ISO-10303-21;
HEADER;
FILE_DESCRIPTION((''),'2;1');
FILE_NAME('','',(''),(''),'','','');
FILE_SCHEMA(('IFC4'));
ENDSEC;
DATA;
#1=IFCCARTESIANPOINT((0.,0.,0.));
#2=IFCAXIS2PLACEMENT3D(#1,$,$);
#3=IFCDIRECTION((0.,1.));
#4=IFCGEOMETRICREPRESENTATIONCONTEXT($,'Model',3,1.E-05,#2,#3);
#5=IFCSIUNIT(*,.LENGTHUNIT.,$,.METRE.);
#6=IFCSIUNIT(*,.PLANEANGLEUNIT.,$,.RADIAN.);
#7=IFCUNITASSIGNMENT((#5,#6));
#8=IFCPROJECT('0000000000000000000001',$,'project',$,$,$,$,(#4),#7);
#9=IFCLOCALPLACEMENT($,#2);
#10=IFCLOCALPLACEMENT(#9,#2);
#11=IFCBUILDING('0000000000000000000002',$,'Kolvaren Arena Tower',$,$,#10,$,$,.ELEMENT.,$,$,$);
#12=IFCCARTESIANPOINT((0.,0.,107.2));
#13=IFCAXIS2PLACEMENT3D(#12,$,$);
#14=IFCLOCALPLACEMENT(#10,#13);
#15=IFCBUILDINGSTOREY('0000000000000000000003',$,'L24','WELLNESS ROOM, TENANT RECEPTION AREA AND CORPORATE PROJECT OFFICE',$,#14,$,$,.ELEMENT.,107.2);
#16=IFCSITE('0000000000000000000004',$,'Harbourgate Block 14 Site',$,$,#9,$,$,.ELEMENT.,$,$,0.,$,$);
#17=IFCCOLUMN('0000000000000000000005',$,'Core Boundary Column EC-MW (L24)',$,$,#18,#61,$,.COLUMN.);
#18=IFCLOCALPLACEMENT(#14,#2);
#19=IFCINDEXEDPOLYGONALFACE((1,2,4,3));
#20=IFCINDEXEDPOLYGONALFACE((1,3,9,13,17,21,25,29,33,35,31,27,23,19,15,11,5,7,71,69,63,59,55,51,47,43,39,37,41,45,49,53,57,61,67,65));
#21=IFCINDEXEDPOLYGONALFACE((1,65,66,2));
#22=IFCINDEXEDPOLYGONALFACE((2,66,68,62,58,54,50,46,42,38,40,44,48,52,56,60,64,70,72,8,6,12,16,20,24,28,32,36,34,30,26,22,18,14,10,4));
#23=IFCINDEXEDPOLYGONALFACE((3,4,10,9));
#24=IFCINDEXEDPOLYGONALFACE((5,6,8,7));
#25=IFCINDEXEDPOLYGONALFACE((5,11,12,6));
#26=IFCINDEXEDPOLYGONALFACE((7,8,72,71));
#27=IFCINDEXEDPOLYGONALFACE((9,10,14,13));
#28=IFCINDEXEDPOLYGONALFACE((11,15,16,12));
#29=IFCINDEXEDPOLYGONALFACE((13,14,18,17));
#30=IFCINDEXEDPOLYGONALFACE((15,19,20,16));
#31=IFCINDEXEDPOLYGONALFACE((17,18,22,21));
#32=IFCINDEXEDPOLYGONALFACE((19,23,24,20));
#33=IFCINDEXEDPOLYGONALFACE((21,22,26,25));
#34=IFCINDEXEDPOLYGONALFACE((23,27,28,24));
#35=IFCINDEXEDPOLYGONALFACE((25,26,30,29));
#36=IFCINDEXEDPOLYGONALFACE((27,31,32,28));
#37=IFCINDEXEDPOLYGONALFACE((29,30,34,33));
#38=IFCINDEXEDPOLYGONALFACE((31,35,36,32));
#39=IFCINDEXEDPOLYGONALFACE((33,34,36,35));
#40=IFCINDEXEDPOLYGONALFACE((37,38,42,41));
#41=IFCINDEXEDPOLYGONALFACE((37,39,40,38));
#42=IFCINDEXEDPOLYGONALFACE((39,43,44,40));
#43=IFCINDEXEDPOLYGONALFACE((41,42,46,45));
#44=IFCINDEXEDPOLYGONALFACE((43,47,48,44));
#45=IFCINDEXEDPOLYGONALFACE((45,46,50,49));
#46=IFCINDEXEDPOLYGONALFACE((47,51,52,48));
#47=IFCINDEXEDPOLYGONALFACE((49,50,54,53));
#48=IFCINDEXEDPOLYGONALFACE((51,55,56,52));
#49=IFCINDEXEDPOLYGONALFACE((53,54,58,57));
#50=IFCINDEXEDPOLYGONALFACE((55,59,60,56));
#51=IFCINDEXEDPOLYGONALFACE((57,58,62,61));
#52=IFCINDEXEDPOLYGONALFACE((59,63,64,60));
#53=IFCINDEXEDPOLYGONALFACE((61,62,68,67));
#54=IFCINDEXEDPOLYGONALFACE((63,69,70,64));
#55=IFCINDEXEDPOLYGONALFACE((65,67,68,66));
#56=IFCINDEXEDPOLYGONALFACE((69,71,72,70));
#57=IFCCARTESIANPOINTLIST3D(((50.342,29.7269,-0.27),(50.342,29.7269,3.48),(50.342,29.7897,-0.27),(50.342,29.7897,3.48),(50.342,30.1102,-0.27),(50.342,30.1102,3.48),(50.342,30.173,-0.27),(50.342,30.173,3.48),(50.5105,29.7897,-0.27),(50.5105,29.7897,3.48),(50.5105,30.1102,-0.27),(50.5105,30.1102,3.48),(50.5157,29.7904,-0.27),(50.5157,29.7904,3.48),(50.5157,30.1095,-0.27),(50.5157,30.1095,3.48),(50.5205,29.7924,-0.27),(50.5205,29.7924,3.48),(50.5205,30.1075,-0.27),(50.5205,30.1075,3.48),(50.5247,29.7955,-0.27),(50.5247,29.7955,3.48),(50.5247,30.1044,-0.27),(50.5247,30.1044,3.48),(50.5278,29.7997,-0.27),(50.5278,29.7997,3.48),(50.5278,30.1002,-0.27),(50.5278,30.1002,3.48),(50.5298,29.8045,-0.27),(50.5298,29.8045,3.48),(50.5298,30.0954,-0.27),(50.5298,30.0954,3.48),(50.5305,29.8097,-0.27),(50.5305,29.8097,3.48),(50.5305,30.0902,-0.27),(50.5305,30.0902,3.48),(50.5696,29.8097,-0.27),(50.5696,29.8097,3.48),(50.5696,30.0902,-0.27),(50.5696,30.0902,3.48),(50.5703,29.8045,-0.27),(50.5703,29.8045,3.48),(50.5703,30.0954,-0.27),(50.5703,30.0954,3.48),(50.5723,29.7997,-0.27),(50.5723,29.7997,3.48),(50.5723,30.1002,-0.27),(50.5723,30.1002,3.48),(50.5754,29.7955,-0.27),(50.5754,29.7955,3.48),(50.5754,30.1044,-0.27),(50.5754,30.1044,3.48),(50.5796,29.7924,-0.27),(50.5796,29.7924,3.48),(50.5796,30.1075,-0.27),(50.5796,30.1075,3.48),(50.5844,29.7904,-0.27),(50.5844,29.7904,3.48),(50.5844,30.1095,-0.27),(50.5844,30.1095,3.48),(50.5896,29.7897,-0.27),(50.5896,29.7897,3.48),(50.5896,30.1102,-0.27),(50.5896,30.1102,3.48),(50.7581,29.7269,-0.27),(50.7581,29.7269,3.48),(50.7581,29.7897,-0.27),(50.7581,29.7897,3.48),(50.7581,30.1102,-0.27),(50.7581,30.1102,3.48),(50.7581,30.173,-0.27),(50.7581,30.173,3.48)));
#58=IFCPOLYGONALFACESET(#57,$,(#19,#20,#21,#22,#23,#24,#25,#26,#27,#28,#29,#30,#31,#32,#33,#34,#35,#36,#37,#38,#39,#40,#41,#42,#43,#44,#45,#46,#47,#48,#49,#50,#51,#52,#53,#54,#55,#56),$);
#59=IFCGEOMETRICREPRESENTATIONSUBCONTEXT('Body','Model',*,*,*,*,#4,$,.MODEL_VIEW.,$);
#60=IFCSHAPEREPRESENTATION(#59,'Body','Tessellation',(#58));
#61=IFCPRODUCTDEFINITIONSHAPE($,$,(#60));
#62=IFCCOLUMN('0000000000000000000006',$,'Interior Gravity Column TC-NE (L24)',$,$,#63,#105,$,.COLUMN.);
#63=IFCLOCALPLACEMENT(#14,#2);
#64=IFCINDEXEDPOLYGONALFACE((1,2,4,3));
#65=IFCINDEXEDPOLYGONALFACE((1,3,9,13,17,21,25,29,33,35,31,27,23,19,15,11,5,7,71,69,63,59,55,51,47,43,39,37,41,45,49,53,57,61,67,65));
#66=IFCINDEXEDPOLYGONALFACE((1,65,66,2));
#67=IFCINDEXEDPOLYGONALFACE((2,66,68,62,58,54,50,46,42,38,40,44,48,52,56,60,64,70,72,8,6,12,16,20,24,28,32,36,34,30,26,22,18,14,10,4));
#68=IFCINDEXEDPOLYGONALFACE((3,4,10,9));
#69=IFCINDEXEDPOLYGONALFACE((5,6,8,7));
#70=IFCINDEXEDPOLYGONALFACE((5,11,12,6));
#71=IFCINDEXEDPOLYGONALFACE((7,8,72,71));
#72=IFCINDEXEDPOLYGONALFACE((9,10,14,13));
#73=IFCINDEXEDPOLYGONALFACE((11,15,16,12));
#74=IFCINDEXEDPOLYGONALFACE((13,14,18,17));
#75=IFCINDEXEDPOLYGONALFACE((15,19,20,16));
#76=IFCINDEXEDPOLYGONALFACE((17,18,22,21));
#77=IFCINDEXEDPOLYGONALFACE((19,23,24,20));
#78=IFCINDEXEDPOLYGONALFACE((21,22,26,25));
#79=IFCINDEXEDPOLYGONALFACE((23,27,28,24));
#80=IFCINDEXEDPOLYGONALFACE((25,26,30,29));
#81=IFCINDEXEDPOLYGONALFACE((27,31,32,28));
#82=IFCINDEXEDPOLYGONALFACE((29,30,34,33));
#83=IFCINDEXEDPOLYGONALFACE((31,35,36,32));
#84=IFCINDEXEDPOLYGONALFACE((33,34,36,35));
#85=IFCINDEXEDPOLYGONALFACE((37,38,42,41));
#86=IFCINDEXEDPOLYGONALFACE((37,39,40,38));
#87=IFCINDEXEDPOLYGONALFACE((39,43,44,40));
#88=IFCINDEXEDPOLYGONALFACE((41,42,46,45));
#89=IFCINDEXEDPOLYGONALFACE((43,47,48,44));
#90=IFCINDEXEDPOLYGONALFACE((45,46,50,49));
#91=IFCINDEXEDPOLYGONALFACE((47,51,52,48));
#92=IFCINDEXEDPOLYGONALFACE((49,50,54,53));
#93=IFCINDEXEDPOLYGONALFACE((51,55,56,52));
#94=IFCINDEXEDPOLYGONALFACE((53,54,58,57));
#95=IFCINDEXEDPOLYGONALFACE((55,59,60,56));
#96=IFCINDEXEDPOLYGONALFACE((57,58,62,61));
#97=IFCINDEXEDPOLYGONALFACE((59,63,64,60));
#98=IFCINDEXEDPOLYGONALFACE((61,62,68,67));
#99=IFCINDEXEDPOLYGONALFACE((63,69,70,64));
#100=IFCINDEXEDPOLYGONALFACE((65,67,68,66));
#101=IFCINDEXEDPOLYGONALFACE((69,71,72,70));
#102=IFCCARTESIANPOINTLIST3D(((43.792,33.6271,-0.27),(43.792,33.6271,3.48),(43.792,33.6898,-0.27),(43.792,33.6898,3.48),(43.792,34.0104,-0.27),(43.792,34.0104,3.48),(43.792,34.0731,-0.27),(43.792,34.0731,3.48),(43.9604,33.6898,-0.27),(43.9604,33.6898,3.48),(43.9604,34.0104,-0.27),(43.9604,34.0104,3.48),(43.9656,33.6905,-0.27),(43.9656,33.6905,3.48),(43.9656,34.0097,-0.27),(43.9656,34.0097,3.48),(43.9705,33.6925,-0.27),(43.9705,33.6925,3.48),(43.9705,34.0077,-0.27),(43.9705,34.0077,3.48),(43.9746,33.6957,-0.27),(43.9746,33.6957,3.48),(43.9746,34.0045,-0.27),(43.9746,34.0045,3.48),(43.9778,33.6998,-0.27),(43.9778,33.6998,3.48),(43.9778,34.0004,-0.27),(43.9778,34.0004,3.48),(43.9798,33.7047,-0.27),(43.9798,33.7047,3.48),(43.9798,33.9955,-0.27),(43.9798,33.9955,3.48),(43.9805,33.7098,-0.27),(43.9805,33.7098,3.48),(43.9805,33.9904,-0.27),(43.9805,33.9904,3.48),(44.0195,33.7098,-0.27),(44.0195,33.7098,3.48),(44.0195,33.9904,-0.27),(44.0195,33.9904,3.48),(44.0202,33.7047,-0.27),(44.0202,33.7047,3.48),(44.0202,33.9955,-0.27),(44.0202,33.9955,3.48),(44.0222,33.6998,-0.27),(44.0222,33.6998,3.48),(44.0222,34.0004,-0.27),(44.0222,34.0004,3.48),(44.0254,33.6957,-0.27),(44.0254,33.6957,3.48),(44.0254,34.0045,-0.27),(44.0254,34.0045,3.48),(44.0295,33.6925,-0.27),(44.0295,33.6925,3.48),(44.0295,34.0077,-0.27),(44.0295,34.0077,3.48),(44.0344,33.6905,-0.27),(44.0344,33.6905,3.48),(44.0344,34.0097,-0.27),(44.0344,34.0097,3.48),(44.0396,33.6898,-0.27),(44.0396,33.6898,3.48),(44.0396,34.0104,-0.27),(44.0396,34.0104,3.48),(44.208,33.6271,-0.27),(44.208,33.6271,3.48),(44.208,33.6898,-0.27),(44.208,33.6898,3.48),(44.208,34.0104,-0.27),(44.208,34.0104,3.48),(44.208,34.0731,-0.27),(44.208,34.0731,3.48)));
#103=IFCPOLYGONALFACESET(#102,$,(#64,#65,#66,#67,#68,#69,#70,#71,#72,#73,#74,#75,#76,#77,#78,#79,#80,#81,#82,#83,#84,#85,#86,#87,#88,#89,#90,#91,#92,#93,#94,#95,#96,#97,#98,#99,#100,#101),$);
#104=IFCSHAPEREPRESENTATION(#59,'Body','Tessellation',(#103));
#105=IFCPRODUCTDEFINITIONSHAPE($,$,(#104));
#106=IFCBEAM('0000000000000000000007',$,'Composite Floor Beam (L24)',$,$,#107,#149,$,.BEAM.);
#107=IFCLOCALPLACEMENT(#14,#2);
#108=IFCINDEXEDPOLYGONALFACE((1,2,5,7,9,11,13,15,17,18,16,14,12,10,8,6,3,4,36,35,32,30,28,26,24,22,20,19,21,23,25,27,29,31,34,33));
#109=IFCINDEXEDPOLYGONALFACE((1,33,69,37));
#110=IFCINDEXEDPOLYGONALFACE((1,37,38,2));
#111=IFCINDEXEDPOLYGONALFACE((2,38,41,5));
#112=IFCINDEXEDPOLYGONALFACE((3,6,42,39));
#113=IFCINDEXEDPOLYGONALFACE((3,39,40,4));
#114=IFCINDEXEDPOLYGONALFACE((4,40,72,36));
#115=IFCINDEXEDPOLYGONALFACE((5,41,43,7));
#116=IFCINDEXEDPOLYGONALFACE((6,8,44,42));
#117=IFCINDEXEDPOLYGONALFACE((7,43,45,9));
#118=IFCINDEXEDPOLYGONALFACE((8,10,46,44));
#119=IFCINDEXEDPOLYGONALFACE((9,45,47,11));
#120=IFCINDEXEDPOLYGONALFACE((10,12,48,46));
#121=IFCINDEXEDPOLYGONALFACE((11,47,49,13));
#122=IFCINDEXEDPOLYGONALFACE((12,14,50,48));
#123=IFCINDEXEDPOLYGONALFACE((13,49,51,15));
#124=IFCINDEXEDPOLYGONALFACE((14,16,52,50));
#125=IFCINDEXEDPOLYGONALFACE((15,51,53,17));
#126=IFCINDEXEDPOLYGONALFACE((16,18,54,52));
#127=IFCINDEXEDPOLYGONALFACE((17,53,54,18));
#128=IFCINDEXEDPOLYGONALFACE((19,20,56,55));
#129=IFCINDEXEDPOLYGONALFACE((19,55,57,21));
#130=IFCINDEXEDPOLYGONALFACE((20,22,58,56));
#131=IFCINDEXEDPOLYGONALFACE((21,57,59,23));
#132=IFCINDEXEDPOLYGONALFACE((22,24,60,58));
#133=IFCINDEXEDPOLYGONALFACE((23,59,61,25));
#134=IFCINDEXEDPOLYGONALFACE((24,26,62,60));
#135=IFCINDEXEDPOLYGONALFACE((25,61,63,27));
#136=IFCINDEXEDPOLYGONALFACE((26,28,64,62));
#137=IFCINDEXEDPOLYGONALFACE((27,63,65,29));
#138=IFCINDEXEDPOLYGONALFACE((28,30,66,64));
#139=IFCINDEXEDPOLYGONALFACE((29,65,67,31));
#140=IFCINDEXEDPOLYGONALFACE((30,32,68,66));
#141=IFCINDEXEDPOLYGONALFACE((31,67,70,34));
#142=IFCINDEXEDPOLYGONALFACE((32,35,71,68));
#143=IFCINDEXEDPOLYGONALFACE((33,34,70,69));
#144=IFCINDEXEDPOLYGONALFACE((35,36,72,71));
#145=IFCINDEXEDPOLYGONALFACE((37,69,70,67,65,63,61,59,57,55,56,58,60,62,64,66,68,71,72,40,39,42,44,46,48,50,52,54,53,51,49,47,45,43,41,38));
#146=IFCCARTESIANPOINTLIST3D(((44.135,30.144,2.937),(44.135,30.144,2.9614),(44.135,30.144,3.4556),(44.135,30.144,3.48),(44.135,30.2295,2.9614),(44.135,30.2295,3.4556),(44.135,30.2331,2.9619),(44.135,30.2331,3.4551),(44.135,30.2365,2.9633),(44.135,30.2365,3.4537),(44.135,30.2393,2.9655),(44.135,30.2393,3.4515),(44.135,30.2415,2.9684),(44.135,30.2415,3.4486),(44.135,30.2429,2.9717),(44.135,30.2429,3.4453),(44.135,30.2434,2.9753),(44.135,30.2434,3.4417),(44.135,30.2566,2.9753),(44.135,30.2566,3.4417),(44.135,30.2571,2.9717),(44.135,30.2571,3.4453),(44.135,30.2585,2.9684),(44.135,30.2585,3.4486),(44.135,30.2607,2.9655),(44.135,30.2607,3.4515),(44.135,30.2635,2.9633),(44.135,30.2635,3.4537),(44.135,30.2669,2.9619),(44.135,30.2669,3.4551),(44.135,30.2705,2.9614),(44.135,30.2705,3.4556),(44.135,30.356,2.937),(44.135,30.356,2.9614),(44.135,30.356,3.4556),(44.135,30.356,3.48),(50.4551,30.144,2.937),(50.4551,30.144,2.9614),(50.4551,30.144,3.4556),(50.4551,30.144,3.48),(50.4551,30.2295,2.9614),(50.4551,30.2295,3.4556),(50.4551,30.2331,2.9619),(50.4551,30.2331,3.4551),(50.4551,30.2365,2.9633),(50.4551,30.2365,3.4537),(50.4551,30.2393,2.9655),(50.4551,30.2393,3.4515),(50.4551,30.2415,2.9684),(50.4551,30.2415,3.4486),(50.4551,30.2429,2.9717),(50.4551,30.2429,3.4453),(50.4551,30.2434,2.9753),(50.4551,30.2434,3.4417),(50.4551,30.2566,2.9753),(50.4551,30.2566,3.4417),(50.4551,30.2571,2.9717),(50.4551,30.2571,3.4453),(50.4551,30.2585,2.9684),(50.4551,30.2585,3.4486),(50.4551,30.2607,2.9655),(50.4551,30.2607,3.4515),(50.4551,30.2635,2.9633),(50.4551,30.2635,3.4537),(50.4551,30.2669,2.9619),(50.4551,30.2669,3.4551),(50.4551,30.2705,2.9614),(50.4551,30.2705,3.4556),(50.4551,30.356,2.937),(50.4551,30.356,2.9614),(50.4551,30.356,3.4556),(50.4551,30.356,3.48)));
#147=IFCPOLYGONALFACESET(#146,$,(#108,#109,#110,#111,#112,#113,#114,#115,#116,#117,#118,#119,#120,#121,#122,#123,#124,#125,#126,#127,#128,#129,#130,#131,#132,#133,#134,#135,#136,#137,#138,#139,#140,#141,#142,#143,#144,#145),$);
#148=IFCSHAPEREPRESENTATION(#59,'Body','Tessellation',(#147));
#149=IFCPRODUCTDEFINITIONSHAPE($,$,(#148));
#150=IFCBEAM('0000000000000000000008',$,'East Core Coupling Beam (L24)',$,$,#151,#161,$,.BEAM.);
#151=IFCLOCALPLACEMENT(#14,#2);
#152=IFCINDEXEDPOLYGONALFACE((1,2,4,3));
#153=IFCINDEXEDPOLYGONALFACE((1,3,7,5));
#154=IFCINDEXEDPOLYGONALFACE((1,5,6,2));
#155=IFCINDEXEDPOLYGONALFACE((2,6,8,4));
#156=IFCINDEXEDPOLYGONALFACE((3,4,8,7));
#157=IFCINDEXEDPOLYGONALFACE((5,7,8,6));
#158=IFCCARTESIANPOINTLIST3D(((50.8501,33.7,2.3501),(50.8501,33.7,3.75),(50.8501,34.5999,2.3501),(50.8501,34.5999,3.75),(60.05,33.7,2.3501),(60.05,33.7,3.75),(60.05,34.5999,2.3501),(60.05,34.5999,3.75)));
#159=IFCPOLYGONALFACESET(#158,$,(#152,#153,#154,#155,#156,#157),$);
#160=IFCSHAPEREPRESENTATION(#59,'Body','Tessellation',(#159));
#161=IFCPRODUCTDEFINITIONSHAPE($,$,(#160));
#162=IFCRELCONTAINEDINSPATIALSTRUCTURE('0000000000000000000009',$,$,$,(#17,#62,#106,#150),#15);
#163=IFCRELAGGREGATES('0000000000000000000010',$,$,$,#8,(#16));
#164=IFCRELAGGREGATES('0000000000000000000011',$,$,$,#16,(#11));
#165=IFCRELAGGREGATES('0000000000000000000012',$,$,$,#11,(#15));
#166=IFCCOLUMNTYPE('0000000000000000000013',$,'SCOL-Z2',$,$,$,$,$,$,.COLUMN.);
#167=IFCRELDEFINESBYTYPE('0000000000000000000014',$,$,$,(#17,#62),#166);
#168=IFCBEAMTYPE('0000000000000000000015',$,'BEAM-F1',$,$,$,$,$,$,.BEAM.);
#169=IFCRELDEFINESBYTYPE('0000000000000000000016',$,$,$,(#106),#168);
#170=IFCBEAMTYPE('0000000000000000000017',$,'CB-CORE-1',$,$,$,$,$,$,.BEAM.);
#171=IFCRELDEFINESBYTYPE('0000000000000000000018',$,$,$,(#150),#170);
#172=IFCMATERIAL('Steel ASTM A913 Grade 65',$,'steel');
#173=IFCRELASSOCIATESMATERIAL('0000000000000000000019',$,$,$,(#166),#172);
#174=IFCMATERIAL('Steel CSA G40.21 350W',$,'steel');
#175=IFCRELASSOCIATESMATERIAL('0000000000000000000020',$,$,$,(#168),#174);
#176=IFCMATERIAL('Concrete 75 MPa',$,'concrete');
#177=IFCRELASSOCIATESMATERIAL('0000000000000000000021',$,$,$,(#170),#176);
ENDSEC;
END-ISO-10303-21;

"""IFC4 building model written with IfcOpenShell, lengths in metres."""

from ifc_helpers import new_model, si_unit, direction, frame, origin, origin_2d, place, context, subcontext, project, spatial, rectangle, i_section, extrude, material, material_profile, profile_set, type_object, element, save


model = new_model("IFC4")

# Units and contexts
model_context = context("Model", 3, precision=1e-05, world=origin(), true_north=direction((0.0, 1.0)))
body_context = subcontext(model_context, "Body", "Model", "MODEL_VIEW")
ifc_project = project(units=[si_unit("LENGTHUNIT", "METRE"), si_unit("PLANEANGLEUNIT", "RADIAN")], contexts=[model_context])

# Site, building, storey
site_placement = place(None, origin())
site = spatial("IfcSite", under=ifc_project, at=site_placement, Name="Harbourgate Block 14 Site", CompositionType="ELEMENT", RefElevation=0.0)
building_placement = place(site_placement, origin())
building = spatial("IfcBuilding", under=site, at=building_placement, Name="Kolvaren Arena Tower", CompositionType="ELEMENT")
storey_placement = place(building_placement, frame((0.0, 0.0, 107.2)))
storey = spatial("IfcBuildingStorey", under=building, at=storey_placement, Name="L24", Description="WELLNESS ROOM, TENANT RECEPTION AREA AND CORPORATE PROJECT OFFICE", CompositionType="ELEMENT", Elevation=107.2)

# Columns
ifc_material_1 = material(Name="Steel ASTM A913 Grade 65", Category="steel")
ifc_material_profile_1 = material_profile(ifc_material_1, i_section(OverallWidth=0.416, OverallDepth=0.446, WebThickness=0.0391, FlangeThickness=0.0627, FilletRadius=0.02, at=origin_2d()), Name="W360x509")
ifc_profile_set_1 = profile_set([ifc_material_profile_1], Name="Steel ASTM A913 Grade 65")
column_type = type_object("IfcColumnType", Name="SCOL-Z2", PredefinedType="COLUMN", material=ifc_profile_set_1)
for number, where, z_axis, x_axis, name in (
    (1, (50.55, 29.95, -0.27), (0.0, 0.0, 1.0), (1.0, 0.0, 0.0), "Core Boundary Column EC-MW (L24)"),
    (2, (44.0, 33.8501, -0.27), (0.0, 0.0, 1.0), (1.0, 0.0, 0.0), "Interior Gravity Column TC-NE (L24)"),
):
    element("IfcColumn", number, at=place(storey_placement, frame(where, z_axis=z_axis, x_axis=x_axis)), inside=storey, type_object=column_type, Name=name, PredefinedType="COLUMN", context=body_context, shape_type="SweptSolid", body=[
        extrude(i_section(OverallWidth=0.416, OverallDepth=0.446, WebThickness=0.0391, FlangeThickness=0.0627, FilletRadius=0.02, at=origin_2d()), origin(), (0.0, 0.0, 1.0), 3.75),
    ])

# Beams
ifc_material_2 = material(Name="Steel CSA G40.21 350W", Category="steel")
ifc_material_profile_2 = material_profile(ifc_material_2, i_section(OverallWidth=0.2119, OverallDepth=0.543, WebThickness=0.0132, FlangeThickness=0.0244, FilletRadius=0.0139, at=origin_2d()), Name="W530x150")
ifc_profile_set_2 = profile_set([ifc_material_profile_2], Name="Steel CSA G40.21 350W")
beam_type_1 = type_object("IfcBeamType", Name="BEAM-F1", PredefinedType="BEAM", material=ifc_profile_set_2)
beam_1_placement = place(storey_placement, frame((44.135, 30.25, 3.2085), z_axis=(1.0, 0.0, 0.0), x_axis=(0.0, 1.0, 0.0)))
element("IfcBeam", 3, at=beam_1_placement, inside=storey, type_object=beam_type_1, Name="Composite Floor Beam (L24)", PredefinedType="BEAM", context=body_context, shape_type="SweptSolid", body=[
    extrude(i_section(OverallWidth=0.2119, OverallDepth=0.543, WebThickness=0.0132, FlangeThickness=0.0244, FilletRadius=0.0139, at=origin_2d()), origin(), (0.0, 0.0, 1.0), 6.3201),
])
ifc_material_3 = material(Name="Concrete 75 MPa", Category="concrete")
ifc_material_profile_3 = material_profile(ifc_material_3, rectangle(XDim=0.8999, YDim=1.3999, at=origin_2d()), Name="RC-900x1400")
ifc_profile_set_3 = profile_set([ifc_material_profile_3], Name="Concrete 75 MPa")
beam_type_2 = type_object("IfcBeamType", Name="CB-CORE-1", PredefinedType="BEAM", material=ifc_profile_set_3)
beam_2_placement = place(storey_placement, frame((50.8501, 34.1499, 3.05), z_axis=(1.0, 0.0, 0.0), x_axis=(0.0, 1.0, 0.0)))
element("IfcBeam", 4, at=beam_2_placement, inside=storey, type_object=beam_type_2, Name="East Core Coupling Beam (L24)", PredefinedType="BEAM", context=body_context, shape_type="SweptSolid", body=[
    extrude(rectangle(XDim=0.8999, YDim=1.3999, at=origin_2d()), origin(), (0.0, 0.0, 1.0), 9.2),
])

save(model, "model.ifc")
